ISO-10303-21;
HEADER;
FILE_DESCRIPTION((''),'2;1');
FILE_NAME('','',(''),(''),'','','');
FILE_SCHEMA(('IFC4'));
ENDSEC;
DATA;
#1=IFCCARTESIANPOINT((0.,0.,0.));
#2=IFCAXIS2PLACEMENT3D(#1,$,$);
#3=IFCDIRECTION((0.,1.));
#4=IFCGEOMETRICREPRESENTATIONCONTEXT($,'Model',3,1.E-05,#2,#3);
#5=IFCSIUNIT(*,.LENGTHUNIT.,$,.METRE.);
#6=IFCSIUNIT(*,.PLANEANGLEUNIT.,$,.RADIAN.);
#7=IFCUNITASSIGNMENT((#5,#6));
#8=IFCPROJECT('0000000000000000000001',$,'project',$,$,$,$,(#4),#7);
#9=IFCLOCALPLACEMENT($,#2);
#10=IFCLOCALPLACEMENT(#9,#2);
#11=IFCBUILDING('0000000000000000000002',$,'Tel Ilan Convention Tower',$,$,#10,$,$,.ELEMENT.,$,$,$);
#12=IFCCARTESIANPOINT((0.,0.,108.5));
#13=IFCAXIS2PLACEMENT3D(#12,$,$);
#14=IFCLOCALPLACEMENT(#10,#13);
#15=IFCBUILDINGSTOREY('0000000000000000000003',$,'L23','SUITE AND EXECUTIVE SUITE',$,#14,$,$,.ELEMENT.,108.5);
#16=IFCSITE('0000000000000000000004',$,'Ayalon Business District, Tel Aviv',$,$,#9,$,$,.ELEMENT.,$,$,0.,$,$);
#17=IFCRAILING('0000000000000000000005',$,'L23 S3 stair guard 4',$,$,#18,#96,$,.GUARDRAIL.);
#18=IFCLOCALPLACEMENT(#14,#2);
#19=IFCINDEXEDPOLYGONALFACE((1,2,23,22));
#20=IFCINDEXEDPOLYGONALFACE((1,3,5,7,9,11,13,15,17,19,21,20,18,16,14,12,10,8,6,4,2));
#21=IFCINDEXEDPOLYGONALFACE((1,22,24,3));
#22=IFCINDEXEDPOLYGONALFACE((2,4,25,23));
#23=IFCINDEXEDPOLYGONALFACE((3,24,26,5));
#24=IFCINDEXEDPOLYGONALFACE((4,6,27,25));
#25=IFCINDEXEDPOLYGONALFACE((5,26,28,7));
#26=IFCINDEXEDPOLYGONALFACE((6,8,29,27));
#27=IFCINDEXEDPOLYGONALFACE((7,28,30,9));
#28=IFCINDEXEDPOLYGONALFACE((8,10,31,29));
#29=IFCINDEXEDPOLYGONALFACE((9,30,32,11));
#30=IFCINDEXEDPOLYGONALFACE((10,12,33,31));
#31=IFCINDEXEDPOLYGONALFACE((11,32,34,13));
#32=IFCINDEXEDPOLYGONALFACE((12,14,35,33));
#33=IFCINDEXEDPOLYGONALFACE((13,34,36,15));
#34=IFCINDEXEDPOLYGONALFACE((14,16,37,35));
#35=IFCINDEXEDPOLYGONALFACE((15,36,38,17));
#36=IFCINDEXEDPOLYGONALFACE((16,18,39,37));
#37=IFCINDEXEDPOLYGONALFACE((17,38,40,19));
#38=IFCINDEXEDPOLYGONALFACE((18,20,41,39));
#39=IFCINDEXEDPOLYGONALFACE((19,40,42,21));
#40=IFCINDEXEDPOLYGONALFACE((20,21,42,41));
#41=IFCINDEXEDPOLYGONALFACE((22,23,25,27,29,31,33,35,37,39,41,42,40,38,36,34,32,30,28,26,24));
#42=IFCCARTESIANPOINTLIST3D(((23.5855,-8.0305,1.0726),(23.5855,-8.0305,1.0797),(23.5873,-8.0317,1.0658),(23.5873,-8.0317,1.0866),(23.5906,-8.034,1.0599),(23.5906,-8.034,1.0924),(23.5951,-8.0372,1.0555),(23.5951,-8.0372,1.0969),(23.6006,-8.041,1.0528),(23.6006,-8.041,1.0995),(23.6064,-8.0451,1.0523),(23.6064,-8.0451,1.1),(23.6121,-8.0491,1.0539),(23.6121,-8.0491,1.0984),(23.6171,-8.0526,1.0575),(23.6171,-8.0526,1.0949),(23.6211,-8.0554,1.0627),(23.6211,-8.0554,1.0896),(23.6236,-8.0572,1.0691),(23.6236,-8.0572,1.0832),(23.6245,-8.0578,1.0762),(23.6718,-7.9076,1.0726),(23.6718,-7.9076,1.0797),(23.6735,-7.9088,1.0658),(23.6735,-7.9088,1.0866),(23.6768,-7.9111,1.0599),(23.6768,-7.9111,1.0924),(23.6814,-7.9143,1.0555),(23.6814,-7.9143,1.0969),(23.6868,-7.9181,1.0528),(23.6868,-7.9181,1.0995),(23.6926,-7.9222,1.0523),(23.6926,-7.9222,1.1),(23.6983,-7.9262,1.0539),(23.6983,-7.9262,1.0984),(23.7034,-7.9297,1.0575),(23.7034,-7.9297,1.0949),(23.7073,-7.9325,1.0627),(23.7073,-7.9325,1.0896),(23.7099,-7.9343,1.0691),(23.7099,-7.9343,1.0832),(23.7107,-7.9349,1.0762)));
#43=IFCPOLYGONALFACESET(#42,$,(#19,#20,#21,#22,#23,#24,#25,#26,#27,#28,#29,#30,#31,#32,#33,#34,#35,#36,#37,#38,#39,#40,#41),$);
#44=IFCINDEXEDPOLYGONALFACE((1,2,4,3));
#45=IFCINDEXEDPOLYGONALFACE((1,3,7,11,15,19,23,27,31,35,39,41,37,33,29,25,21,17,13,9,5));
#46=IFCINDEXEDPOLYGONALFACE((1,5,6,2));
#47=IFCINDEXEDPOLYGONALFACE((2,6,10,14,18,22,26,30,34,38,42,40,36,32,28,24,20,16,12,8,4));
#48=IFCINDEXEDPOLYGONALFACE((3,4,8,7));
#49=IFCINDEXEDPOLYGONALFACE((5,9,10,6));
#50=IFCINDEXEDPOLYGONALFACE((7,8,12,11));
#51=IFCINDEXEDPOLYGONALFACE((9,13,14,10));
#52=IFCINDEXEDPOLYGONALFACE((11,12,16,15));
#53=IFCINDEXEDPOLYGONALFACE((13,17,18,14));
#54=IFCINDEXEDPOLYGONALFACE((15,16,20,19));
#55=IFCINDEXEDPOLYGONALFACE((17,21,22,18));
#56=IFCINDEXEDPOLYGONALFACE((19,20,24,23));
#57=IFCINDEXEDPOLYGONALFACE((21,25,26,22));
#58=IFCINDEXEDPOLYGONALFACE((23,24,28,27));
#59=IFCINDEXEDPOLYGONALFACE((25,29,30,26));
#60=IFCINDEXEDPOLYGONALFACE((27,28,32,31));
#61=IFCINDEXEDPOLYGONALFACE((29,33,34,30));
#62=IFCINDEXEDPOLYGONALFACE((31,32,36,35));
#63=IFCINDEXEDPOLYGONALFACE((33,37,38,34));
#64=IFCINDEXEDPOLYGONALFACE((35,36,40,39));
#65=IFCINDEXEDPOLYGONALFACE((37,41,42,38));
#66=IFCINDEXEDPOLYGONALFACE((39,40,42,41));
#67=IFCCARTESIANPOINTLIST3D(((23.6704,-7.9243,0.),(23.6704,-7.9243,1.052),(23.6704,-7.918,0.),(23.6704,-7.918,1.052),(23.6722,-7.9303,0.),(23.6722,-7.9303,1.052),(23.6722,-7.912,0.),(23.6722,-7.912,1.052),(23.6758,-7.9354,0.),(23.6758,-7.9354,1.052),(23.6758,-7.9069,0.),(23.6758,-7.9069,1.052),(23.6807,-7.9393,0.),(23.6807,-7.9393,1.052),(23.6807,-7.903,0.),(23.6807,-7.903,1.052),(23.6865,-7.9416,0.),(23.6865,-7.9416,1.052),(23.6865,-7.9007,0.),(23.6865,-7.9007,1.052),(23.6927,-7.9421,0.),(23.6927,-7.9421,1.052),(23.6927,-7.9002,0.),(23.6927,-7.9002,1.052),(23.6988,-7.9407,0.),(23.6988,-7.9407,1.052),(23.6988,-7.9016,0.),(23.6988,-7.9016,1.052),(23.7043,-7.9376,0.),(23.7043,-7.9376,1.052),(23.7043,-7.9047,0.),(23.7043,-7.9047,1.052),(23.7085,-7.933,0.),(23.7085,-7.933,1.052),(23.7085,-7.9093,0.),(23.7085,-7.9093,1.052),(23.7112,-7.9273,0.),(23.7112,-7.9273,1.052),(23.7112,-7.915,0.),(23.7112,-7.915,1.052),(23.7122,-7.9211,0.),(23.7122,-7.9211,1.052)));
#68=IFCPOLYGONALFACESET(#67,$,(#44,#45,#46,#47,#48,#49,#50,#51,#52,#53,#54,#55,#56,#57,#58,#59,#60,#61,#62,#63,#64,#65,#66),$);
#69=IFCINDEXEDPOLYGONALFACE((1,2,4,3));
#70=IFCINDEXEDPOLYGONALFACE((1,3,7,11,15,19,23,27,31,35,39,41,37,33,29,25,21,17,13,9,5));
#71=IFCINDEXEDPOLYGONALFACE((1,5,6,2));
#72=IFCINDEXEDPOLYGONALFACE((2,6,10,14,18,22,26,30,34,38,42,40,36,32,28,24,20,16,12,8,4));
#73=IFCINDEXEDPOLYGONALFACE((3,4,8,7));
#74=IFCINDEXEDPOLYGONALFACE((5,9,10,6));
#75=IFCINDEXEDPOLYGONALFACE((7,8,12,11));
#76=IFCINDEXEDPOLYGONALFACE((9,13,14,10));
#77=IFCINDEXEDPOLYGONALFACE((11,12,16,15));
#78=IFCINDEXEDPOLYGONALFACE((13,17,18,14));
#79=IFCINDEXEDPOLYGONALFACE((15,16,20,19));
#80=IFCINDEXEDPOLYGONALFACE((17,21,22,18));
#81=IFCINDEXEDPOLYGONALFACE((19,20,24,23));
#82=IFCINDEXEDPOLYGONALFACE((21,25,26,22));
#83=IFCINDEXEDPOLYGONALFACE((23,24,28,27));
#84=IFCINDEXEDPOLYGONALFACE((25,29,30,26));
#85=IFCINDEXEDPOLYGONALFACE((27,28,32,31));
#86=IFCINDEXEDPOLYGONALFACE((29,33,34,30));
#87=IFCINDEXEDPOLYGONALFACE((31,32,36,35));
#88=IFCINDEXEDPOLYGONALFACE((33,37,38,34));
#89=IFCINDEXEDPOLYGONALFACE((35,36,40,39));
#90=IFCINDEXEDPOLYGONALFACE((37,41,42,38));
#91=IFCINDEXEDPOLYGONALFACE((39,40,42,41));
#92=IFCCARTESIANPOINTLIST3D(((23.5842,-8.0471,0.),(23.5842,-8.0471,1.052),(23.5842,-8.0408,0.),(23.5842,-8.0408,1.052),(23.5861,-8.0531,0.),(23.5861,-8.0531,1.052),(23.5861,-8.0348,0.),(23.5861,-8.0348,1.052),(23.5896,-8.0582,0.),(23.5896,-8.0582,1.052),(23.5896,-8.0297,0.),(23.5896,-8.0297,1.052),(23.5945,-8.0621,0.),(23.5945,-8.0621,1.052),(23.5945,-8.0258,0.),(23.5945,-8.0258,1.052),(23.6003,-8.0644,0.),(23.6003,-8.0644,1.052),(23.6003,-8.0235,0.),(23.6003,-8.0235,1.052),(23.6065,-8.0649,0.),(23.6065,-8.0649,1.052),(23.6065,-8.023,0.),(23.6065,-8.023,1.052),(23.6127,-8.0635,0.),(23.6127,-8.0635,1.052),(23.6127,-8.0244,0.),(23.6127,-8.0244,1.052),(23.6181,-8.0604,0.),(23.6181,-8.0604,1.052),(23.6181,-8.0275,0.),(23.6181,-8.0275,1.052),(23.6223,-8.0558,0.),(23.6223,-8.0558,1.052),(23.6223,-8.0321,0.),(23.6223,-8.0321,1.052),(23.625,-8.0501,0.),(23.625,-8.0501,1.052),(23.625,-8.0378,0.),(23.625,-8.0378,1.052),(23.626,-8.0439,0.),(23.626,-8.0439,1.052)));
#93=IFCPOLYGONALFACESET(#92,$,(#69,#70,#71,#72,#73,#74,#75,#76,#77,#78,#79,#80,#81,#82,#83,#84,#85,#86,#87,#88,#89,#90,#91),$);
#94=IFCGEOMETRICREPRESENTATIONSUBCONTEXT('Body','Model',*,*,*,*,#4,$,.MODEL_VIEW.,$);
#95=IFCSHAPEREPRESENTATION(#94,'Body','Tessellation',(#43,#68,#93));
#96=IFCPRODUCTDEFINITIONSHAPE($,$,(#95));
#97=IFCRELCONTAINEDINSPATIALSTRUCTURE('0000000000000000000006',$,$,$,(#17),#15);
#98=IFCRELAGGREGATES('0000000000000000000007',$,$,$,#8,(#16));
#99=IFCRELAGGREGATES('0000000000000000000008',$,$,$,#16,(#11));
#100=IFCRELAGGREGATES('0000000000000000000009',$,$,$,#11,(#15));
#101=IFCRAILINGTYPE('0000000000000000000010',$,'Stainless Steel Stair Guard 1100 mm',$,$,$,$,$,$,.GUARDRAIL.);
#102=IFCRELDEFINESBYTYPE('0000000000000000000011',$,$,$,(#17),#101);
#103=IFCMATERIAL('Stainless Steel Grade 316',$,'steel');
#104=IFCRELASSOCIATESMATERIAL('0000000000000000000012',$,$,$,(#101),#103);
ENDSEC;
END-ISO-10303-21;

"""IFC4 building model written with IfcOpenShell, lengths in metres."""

from ifc_helpers import new_model, si_unit, direction, frame, origin, origin_2d, place, context, subcontext, project, spatial, circle, extrude, material, type_object, element, save


model = new_model("IFC4")

# Units and contexts
model_context = context("Model", 3, precision=1e-05, world=origin(), true_north=direction((0.0, 1.0)))
body_context = subcontext(model_context, "Body", "Model", "MODEL_VIEW")
ifc_project = project(units=[si_unit("LENGTHUNIT", "METRE"), si_unit("PLANEANGLEUNIT", "RADIAN")], contexts=[model_context])

# Site, building, storey
site_placement = place(None, origin())
site = spatial("IfcSite", under=ifc_project, at=site_placement, Name="Ayalon Business District, Tel Aviv", CompositionType="ELEMENT", RefElevation=0.0)
building_placement = place(site_placement, origin())
building = spatial("IfcBuilding", under=site, at=building_placement, Name="Tel Ilan Convention Tower", CompositionType="ELEMENT")
storey_placement = place(building_placement, frame((0.0, 0.0, 108.5)))
storey = spatial("IfcBuildingStorey", under=building, at=storey_placement, Name="L23", Description="SUITE AND EXECUTIVE SUITE", CompositionType="ELEMENT", Elevation=108.5)

# Railing
ifc_material_1 = material(Name="Stainless Steel Grade 316", Category="steel")
railing_type_1 = type_object("IfcRailingType", Name="Stainless Steel Stair Guard 1100 mm", PredefinedType="GUARDRAIL", material=ifc_material_1)
railing_1_placement = place(storey_placement, frame((23.6912, -7.9211, 0.0)))
element("IfcRailing", 1, at=railing_1_placement, inside=storey, type_object=railing_type_1, Name="L23 S3 stair guard 4", PredefinedType="GUARDRAIL", context=body_context, shape_type="SweptSolid", body=[
    extrude(circle(Radius=0.0239, at=origin_2d()), frame((0.0, 0.0, 1.0762), z_axis=(-0.574445, -0.818543, 0.0), x_axis=(0.818543, -0.574445, 0.0)), (0.0, 0.0, 1.0), 0.1501),
    extrude(circle(Radius=0.021, at=origin_2d()), origin(), (0.0, 0.0, 1.0), 1.052),
    extrude(circle(Radius=0.021, at=origin_2d()), frame((-0.0862, -0.1228, 0.0)), (0.0, 0.0, 1.0), 1.052),
])

save(model, "model.ifc")
